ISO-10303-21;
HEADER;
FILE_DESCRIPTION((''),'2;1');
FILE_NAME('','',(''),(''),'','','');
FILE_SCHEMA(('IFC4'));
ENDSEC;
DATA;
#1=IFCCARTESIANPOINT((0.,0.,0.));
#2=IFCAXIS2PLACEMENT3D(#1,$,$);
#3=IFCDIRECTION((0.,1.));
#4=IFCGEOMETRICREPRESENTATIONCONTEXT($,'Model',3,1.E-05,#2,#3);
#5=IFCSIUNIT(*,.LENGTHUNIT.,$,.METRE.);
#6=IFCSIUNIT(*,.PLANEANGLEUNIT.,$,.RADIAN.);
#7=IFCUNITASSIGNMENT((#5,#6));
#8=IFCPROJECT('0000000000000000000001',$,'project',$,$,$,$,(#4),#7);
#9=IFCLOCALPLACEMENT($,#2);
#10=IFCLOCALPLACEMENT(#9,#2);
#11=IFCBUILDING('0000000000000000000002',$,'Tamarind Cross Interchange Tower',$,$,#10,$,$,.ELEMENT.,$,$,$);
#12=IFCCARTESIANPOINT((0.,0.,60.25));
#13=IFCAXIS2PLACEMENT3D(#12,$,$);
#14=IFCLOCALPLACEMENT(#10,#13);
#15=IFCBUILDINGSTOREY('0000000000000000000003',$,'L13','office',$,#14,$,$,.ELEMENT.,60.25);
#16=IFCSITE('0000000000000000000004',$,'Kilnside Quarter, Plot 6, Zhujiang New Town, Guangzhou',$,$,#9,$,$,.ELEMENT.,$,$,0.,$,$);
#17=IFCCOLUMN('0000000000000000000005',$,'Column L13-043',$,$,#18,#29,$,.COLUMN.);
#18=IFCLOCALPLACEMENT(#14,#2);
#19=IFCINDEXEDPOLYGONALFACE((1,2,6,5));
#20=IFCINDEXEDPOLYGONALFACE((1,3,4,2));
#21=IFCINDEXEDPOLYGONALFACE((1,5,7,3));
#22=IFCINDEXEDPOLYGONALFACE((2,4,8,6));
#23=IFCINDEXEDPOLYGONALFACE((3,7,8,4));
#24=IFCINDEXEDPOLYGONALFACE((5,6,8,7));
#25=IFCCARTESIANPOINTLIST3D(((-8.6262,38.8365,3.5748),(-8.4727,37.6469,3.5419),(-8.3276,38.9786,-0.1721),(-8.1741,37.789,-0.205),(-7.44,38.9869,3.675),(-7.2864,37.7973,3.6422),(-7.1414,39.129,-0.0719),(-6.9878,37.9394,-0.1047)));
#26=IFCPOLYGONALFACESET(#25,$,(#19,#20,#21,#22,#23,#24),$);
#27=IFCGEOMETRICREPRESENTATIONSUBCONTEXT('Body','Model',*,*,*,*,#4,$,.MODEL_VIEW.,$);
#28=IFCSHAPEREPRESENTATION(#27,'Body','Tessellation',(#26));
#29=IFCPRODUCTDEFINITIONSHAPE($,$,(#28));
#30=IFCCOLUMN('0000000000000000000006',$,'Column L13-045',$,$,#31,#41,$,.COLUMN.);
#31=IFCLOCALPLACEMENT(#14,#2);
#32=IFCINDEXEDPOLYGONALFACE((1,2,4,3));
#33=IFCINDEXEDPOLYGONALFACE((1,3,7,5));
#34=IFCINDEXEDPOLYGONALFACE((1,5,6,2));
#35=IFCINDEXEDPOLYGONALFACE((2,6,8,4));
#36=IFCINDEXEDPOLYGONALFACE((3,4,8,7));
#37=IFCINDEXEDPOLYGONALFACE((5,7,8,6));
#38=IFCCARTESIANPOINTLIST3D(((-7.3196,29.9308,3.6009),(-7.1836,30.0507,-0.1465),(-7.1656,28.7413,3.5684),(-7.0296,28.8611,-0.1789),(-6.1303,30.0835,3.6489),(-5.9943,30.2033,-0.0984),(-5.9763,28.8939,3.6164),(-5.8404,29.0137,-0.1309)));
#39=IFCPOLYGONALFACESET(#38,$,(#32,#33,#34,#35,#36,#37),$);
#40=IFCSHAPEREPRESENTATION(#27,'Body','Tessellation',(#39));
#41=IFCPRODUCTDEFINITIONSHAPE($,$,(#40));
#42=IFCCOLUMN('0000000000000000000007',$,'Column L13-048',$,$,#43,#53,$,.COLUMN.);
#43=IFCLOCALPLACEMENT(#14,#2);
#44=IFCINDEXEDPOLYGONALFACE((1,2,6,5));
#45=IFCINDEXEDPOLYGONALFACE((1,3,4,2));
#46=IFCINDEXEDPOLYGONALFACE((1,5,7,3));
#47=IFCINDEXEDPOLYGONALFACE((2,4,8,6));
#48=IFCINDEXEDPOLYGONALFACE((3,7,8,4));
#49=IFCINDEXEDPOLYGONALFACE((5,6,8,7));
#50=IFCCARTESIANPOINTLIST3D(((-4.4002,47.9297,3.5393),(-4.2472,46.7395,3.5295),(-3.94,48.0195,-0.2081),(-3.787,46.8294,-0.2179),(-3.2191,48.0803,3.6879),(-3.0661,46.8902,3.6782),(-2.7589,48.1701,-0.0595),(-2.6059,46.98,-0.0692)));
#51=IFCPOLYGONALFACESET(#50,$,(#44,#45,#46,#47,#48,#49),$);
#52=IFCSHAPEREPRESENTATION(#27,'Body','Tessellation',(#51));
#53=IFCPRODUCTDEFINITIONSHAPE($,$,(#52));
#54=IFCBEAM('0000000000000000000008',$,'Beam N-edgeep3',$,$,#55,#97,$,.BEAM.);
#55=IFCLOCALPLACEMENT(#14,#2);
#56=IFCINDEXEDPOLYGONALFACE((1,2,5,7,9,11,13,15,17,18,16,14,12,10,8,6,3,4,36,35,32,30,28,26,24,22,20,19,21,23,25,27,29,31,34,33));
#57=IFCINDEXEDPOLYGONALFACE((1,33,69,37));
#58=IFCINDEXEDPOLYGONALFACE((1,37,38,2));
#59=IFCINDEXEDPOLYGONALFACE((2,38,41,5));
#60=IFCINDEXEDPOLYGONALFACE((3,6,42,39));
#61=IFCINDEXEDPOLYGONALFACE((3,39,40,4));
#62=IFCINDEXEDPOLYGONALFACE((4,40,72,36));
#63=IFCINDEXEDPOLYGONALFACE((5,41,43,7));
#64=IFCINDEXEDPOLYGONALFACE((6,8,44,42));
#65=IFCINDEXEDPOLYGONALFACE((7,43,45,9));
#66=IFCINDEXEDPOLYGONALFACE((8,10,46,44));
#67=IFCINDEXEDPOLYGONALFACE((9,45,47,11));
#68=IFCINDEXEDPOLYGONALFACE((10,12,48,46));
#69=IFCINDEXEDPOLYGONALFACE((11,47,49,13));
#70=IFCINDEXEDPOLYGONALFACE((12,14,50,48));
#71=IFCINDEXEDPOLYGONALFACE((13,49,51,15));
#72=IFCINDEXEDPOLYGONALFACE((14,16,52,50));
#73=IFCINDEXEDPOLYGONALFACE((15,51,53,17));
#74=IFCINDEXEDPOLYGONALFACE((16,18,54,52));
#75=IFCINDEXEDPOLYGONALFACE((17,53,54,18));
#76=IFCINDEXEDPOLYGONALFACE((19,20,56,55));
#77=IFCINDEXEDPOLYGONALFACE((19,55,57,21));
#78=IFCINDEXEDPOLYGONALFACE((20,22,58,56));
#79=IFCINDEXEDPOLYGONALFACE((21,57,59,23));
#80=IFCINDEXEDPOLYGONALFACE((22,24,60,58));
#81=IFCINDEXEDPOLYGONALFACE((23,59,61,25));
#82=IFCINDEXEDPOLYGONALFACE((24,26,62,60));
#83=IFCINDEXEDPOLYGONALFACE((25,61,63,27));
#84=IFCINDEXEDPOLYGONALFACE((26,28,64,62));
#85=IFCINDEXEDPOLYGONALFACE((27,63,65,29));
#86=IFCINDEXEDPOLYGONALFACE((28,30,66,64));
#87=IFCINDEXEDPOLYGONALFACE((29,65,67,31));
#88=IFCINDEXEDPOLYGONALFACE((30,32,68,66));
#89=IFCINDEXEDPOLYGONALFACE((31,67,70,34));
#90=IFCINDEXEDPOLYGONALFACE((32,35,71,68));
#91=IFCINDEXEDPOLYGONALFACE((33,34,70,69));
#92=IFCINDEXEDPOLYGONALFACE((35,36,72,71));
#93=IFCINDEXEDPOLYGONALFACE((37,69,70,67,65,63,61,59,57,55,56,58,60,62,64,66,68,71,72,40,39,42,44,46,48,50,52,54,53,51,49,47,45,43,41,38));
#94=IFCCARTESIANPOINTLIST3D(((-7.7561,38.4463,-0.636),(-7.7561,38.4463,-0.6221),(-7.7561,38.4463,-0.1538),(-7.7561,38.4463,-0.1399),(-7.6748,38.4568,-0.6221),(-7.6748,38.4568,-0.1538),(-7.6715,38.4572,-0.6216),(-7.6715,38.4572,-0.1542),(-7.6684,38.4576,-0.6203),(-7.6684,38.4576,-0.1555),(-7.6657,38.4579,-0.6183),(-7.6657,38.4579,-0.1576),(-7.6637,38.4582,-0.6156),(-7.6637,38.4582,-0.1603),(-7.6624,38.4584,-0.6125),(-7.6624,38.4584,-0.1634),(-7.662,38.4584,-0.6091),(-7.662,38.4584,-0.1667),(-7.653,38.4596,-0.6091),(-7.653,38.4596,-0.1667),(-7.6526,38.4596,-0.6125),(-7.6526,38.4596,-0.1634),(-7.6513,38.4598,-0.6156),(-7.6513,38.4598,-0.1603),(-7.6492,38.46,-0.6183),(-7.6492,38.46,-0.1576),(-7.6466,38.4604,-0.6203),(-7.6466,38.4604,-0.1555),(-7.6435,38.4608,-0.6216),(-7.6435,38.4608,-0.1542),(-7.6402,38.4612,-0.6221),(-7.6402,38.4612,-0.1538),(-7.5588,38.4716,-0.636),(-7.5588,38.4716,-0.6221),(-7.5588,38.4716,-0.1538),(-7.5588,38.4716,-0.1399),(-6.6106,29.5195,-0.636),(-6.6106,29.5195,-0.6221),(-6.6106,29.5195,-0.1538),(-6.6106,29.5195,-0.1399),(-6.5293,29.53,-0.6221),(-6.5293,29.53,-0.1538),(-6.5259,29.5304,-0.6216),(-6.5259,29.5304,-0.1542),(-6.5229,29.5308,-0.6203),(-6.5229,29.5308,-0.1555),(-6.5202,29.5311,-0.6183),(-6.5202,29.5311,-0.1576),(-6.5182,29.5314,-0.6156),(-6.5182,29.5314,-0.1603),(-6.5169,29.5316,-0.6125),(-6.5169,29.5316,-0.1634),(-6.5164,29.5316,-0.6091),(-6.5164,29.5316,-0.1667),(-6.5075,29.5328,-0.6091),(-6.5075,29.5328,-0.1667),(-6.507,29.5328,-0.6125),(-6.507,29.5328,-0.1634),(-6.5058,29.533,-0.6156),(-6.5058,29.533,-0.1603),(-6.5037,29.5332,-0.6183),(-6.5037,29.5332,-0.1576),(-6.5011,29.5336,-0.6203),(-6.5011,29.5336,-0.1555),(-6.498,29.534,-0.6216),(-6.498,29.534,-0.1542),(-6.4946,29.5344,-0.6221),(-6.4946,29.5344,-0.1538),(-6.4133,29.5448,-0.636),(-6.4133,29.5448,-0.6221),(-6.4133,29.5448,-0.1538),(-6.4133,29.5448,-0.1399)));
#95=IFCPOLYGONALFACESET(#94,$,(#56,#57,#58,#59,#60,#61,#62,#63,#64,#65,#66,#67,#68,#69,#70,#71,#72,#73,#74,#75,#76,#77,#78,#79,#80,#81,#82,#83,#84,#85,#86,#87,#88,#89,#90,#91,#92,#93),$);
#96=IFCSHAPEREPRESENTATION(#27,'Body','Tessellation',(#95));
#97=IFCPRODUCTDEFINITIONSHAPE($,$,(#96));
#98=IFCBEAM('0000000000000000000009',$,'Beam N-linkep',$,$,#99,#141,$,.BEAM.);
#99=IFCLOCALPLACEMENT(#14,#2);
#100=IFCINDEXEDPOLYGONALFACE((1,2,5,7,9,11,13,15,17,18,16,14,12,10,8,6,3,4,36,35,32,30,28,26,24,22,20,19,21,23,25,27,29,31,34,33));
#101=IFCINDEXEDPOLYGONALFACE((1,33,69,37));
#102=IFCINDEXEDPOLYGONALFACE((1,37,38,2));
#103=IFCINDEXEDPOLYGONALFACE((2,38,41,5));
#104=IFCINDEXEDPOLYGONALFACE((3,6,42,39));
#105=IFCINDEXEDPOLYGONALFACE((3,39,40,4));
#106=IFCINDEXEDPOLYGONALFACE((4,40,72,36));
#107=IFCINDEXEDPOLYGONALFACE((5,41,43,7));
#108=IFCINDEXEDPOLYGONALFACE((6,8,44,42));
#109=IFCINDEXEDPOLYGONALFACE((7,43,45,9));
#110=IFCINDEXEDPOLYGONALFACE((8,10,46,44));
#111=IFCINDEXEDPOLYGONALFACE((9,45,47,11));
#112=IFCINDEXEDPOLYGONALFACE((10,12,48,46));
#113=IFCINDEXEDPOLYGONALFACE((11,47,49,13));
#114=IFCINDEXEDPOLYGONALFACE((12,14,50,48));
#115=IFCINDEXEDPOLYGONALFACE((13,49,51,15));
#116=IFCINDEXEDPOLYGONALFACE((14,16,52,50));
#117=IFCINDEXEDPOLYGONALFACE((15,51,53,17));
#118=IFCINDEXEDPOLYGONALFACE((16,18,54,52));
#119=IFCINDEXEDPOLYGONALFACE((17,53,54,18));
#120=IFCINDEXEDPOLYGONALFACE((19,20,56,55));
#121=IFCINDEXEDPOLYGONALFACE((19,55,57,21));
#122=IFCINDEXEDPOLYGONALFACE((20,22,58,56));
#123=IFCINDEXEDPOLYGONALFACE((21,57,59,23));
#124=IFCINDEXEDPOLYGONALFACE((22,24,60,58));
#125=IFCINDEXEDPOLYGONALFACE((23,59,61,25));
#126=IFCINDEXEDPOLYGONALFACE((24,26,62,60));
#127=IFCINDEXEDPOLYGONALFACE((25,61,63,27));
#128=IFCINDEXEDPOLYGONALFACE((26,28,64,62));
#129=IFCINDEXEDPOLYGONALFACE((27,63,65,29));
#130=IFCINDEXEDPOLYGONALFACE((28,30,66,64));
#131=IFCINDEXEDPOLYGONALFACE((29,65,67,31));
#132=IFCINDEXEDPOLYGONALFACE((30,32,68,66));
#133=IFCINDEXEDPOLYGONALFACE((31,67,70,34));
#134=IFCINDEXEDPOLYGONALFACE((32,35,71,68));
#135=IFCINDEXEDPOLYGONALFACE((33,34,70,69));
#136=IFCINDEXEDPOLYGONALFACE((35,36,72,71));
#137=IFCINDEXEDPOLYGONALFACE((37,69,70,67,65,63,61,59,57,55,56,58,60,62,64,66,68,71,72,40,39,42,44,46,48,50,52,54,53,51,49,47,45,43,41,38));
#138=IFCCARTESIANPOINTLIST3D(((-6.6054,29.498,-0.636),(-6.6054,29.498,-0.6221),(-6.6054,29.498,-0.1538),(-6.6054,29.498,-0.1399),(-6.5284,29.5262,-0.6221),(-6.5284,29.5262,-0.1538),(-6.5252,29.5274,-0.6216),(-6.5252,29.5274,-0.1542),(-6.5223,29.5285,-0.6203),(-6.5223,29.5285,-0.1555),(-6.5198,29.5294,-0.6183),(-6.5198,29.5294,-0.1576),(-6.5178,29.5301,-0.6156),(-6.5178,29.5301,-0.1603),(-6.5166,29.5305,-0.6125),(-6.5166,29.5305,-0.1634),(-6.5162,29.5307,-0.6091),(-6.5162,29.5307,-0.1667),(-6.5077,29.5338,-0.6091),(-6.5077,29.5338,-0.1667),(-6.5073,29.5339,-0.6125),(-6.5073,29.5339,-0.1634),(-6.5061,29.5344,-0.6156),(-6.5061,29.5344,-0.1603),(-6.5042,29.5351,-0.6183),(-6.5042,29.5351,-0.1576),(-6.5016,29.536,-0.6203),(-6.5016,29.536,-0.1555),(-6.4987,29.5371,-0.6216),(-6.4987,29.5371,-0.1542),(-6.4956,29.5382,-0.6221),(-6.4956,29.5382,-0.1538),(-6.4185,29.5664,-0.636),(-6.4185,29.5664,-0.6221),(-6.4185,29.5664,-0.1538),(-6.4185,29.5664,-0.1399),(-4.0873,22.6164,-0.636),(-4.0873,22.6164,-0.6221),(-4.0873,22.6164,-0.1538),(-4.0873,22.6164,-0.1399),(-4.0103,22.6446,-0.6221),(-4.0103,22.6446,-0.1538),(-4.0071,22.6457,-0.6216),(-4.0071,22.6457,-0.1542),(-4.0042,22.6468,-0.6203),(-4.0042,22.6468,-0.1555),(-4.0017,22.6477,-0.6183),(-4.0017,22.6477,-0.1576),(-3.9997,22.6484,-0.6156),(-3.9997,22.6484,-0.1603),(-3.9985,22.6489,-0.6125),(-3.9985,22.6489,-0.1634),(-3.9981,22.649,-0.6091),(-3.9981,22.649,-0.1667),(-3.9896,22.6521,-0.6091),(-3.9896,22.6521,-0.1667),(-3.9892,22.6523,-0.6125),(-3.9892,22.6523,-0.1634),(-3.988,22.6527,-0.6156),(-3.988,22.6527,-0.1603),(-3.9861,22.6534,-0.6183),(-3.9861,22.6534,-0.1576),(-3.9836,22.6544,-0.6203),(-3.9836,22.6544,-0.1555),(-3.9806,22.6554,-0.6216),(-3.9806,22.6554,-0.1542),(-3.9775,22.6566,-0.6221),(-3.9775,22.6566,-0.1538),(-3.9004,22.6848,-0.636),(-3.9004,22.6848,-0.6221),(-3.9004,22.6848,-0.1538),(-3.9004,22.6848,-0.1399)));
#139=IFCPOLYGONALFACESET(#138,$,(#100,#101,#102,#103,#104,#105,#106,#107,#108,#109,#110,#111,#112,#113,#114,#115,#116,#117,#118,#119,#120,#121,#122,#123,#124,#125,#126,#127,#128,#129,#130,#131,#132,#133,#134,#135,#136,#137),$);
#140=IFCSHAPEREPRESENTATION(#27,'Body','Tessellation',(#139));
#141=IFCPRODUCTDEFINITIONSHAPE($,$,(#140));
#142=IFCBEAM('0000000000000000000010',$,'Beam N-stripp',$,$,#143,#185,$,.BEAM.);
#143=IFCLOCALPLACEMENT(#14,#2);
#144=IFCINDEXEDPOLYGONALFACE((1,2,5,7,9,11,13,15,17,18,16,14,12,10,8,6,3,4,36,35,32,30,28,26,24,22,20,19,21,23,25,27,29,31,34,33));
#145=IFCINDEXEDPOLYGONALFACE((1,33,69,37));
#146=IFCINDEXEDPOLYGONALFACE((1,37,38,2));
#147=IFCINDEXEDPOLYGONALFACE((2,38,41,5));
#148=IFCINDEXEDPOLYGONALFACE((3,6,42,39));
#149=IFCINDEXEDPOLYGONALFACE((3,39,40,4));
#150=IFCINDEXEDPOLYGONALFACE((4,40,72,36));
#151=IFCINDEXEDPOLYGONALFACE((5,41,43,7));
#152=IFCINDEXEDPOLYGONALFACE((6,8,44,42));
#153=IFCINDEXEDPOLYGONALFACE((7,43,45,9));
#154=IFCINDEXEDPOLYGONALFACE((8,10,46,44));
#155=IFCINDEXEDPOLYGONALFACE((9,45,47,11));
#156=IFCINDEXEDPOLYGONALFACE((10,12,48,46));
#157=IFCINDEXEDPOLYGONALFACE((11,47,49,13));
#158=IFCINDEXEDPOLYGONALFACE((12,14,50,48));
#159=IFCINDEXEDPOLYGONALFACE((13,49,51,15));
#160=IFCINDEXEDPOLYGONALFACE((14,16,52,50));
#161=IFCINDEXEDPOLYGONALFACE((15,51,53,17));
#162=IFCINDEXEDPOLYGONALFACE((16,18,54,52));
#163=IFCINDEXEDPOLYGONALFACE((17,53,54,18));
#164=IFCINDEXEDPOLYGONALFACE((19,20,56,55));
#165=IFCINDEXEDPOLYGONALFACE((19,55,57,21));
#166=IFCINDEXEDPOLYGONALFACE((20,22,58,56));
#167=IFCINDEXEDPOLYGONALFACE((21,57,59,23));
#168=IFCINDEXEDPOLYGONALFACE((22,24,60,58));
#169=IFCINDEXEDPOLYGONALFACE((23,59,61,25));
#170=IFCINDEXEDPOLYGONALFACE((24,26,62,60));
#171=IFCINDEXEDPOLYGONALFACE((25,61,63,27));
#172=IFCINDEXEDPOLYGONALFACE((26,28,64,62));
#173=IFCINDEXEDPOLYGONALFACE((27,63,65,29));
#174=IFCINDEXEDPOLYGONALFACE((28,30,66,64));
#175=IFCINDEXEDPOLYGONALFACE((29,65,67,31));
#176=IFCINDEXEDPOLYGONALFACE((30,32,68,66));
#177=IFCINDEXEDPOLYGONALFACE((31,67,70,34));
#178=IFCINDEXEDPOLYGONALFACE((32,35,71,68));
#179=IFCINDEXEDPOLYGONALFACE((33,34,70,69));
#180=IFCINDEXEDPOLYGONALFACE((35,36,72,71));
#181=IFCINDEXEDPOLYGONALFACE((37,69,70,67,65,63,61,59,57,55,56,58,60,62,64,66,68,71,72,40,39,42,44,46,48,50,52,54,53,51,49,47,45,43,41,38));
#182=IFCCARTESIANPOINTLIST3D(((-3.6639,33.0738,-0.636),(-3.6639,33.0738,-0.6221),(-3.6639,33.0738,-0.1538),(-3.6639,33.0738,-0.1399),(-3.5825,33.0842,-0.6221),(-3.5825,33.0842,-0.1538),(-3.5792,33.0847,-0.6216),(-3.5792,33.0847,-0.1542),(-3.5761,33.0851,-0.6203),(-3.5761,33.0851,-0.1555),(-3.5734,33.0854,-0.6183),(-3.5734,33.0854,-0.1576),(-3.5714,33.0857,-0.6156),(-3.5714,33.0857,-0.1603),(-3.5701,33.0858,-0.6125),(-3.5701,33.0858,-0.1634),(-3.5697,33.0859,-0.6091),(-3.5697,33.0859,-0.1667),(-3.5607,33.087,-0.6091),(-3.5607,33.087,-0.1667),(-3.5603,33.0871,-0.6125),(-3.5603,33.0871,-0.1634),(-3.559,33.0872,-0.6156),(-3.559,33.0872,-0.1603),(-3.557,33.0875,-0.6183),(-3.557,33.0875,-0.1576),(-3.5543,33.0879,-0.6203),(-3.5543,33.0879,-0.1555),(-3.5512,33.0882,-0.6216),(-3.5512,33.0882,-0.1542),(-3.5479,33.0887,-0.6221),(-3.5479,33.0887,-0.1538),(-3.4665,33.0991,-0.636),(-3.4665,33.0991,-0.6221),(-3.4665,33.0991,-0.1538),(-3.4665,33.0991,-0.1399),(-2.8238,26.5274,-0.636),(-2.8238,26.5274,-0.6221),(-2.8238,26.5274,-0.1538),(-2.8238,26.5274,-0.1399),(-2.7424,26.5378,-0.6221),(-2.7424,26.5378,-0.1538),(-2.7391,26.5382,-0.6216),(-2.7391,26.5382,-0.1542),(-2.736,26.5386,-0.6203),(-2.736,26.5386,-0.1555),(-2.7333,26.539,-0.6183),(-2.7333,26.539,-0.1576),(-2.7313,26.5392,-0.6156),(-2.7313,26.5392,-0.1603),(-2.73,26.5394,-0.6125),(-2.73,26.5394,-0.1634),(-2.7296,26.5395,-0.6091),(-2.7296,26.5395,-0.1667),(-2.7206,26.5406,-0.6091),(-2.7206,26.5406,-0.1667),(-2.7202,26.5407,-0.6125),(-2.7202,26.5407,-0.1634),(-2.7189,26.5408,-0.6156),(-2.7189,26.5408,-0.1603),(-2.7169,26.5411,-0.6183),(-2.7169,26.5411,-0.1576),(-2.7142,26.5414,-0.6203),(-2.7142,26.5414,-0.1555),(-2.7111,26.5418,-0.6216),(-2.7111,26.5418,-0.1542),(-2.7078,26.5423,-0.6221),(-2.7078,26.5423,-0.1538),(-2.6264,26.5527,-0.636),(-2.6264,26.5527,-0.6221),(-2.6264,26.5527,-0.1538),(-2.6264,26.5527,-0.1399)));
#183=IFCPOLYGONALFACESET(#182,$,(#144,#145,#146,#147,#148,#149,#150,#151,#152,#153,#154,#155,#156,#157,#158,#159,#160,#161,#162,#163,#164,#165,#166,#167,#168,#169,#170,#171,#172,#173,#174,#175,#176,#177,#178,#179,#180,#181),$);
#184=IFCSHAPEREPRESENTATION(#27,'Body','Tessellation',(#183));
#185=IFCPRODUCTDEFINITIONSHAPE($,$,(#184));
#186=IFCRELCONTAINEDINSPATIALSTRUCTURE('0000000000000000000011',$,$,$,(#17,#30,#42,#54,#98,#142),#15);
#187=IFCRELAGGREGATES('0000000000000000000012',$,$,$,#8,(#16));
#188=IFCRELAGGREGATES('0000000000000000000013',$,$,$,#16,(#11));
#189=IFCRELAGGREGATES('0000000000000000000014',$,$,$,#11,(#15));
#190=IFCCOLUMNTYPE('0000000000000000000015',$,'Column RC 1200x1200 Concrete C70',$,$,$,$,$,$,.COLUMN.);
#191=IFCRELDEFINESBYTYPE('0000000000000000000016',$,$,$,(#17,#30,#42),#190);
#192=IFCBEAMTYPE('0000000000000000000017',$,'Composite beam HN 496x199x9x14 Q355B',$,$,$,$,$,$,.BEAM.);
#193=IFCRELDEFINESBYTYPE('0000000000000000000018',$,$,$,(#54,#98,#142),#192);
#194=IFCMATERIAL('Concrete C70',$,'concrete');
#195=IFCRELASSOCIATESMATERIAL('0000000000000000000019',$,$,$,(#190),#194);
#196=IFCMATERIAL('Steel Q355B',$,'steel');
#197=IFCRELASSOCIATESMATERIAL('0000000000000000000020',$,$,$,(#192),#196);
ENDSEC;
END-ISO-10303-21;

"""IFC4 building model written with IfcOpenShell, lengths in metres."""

from ifc_helpers import new_model, si_unit, direction, frame, origin, origin_2d, place, context, subcontext, project, spatial, rectangle, i_section, extrude, material, material_profile, profile_set, type_object, element, save


model = new_model("IFC4")

# Units and contexts
model_context = context("Model", 3, precision=1e-05, world=origin(), true_north=direction((0.0, 1.0)))
body_context = subcontext(model_context, "Body", "Model", "MODEL_VIEW")
ifc_project = project(units=[si_unit("LENGTHUNIT", "METRE"), si_unit("PLANEANGLEUNIT", "RADIAN")], contexts=[model_context])

# Site, building, storey
site_placement = place(None, origin())
site = spatial("IfcSite", under=ifc_project, at=site_placement, Name="Kilnside Quarter, Plot 6, Zhujiang New Town, Guangzhou", CompositionType="ELEMENT", RefElevation=0.0)
building_placement = place(site_placement, origin())
building = spatial("IfcBuilding", under=site, at=building_placement, Name="Tamarind Cross Interchange Tower", CompositionType="ELEMENT")
storey_placement = place(building_placement, frame((0.0, 0.0, 60.25)))
storey = spatial("IfcBuildingStorey", under=building, at=storey_placement, Name="L13", Description="office", CompositionType="ELEMENT", Elevation=60.25)

# Columns
ifc_material_1 = material(Name="Concrete C70", Category="concrete")
ifc_material_profile_1 = material_profile(ifc_material_1, rectangle(XDim=1.2, YDim=1.2, at=origin_2d()), Name="RC 1200x1200")
ifc_profile_set_1 = profile_set([ifc_material_profile_1], Name="Concrete C70")
column_type = type_object("IfcColumnType", Name="Column RC 1200x1200 Concrete C70", PredefinedType="COLUMN", material=ifc_profile_set_1)
column_1_placement = place(storey_placement, frame((-7.6577, 38.459, -0.1384), z_axis=(-0.079381, -0.037776, 0.996128), x_axis=(0.988595, 0.12531, 0.083533)))
element("IfcColumn", 1, at=column_1_placement, inside=storey, type_object=column_type, Name="Column L13-043", PredefinedType="COLUMN", context=body_context, shape_type="SweptSolid", body=[
    extrude(rectangle(XDim=1.2, YDim=1.2, at=origin_2d()), origin(), (0.0, 0.0, 1.0), 3.7615),
])
column_2_placement = place(storey_placement, frame((-6.512, 29.5322, -0.1387), z_axis=(-0.036247, -0.031952, 0.998832), x_axis=(0.991072, 0.127179, 0.040033)))
element("IfcColumn", 2, at=column_2_placement, inside=storey, type_object=column_type, Name="Column L13-045", PredefinedType="COLUMN", context=body_context, shape_type="SweptSolid", body=[
    extrude(rectangle(XDim=1.2, YDim=1.2, at=origin_2d()), origin(), (0.0, 0.0, 1.0), 3.7517),
])
column_3_placement = place(storey_placement, frame((-3.2729, 47.4998, -0.1387), z_axis=(-0.121859, -0.02379, 0.992262), x_axis=(0.984324, 0.125528, 0.123894)))
element("IfcColumn", 3, at=column_3_placement, inside=storey, type_object=column_type, Name="Column L13-048", PredefinedType="COLUMN", context=body_context, shape_type="SweptSolid", body=[
    extrude(rectangle(XDim=1.2, YDim=1.2, at=origin_2d()), origin(), (0.0, 0.0, 1.0), 3.7766),
])

# Beams
ifc_material_2 = material(Name="Steel Q355B", Category="steel")
ifc_material_profile_2 = material_profile(ifc_material_2, i_section(OverallWidth=0.199, OverallDepth=0.4961, WebThickness=0.009, FlangeThickness=0.0139, FilletRadius=0.0129, at=origin_2d()), Name="HN 496x199x9x14")
ifc_profile_set_2 = profile_set([ifc_material_profile_2], Name="Steel Q355B")
beam_type_1 = type_object("IfcBeamType", Name="Composite beam HN 496x199x9x14 Q355B", PredefinedType="BEAM", material=ifc_profile_set_2)
beam_1_placement = place(storey_placement, frame((-7.6575, 38.459, -0.3879), z_axis=(0.127279, -0.991867, 0.0), x_axis=(0.991867, 0.127279, 0.0)))
element("IfcBeam", 4, at=beam_1_placement, inside=storey, type_object=beam_type_1, Name="Beam N-edgeep3", PredefinedType="BEAM", context=body_context, shape_type="SweptSolid", body=[
    extrude(i_section(OverallWidth=0.199, OverallDepth=0.4961, WebThickness=0.009, FlangeThickness=0.0139, FilletRadius=0.0129, at=origin_2d()), origin(), (0.0, 0.0, 1.0), 9.0),
])
beam_2_placement = place(storey_placement, frame((-6.512, 29.5322, -0.3879), z_axis=(0.343631, -0.939105, 0.0), x_axis=(0.939105, 0.343631, 0.0)))
element("IfcBeam", 5, at=beam_2_placement, inside=storey, type_object=beam_type_1, Name="Beam N-linkep", PredefinedType="BEAM", context=body_context, shape_type="SweptSolid", body=[
    extrude(i_section(OverallWidth=0.199, OverallDepth=0.4961, WebThickness=0.009, FlangeThickness=0.0139, FilletRadius=0.0129, at=origin_2d()), origin(), (0.0, 0.0, 1.0), 7.3279),
])
beam_3_placement = place(storey_placement, frame((-2.7251, 26.54, -0.3879), z_axis=(-0.127285, 0.991866, 0.0), x_axis=(-0.991866, -0.127285, 0.0)))
element("IfcBeam", 6, at=beam_3_placement, inside=storey, type_object=beam_type_1, Name="Beam N-stripp", PredefinedType="BEAM", context=body_context, shape_type="SweptSolid", body=[
    extrude(i_section(OverallWidth=0.199, OverallDepth=0.4961, WebThickness=0.009, FlangeThickness=0.0139, FilletRadius=0.0129, at=origin_2d()), origin(), (0.0, 0.0, 1.0), 6.6001),
])

save(model, "model.ifc")
